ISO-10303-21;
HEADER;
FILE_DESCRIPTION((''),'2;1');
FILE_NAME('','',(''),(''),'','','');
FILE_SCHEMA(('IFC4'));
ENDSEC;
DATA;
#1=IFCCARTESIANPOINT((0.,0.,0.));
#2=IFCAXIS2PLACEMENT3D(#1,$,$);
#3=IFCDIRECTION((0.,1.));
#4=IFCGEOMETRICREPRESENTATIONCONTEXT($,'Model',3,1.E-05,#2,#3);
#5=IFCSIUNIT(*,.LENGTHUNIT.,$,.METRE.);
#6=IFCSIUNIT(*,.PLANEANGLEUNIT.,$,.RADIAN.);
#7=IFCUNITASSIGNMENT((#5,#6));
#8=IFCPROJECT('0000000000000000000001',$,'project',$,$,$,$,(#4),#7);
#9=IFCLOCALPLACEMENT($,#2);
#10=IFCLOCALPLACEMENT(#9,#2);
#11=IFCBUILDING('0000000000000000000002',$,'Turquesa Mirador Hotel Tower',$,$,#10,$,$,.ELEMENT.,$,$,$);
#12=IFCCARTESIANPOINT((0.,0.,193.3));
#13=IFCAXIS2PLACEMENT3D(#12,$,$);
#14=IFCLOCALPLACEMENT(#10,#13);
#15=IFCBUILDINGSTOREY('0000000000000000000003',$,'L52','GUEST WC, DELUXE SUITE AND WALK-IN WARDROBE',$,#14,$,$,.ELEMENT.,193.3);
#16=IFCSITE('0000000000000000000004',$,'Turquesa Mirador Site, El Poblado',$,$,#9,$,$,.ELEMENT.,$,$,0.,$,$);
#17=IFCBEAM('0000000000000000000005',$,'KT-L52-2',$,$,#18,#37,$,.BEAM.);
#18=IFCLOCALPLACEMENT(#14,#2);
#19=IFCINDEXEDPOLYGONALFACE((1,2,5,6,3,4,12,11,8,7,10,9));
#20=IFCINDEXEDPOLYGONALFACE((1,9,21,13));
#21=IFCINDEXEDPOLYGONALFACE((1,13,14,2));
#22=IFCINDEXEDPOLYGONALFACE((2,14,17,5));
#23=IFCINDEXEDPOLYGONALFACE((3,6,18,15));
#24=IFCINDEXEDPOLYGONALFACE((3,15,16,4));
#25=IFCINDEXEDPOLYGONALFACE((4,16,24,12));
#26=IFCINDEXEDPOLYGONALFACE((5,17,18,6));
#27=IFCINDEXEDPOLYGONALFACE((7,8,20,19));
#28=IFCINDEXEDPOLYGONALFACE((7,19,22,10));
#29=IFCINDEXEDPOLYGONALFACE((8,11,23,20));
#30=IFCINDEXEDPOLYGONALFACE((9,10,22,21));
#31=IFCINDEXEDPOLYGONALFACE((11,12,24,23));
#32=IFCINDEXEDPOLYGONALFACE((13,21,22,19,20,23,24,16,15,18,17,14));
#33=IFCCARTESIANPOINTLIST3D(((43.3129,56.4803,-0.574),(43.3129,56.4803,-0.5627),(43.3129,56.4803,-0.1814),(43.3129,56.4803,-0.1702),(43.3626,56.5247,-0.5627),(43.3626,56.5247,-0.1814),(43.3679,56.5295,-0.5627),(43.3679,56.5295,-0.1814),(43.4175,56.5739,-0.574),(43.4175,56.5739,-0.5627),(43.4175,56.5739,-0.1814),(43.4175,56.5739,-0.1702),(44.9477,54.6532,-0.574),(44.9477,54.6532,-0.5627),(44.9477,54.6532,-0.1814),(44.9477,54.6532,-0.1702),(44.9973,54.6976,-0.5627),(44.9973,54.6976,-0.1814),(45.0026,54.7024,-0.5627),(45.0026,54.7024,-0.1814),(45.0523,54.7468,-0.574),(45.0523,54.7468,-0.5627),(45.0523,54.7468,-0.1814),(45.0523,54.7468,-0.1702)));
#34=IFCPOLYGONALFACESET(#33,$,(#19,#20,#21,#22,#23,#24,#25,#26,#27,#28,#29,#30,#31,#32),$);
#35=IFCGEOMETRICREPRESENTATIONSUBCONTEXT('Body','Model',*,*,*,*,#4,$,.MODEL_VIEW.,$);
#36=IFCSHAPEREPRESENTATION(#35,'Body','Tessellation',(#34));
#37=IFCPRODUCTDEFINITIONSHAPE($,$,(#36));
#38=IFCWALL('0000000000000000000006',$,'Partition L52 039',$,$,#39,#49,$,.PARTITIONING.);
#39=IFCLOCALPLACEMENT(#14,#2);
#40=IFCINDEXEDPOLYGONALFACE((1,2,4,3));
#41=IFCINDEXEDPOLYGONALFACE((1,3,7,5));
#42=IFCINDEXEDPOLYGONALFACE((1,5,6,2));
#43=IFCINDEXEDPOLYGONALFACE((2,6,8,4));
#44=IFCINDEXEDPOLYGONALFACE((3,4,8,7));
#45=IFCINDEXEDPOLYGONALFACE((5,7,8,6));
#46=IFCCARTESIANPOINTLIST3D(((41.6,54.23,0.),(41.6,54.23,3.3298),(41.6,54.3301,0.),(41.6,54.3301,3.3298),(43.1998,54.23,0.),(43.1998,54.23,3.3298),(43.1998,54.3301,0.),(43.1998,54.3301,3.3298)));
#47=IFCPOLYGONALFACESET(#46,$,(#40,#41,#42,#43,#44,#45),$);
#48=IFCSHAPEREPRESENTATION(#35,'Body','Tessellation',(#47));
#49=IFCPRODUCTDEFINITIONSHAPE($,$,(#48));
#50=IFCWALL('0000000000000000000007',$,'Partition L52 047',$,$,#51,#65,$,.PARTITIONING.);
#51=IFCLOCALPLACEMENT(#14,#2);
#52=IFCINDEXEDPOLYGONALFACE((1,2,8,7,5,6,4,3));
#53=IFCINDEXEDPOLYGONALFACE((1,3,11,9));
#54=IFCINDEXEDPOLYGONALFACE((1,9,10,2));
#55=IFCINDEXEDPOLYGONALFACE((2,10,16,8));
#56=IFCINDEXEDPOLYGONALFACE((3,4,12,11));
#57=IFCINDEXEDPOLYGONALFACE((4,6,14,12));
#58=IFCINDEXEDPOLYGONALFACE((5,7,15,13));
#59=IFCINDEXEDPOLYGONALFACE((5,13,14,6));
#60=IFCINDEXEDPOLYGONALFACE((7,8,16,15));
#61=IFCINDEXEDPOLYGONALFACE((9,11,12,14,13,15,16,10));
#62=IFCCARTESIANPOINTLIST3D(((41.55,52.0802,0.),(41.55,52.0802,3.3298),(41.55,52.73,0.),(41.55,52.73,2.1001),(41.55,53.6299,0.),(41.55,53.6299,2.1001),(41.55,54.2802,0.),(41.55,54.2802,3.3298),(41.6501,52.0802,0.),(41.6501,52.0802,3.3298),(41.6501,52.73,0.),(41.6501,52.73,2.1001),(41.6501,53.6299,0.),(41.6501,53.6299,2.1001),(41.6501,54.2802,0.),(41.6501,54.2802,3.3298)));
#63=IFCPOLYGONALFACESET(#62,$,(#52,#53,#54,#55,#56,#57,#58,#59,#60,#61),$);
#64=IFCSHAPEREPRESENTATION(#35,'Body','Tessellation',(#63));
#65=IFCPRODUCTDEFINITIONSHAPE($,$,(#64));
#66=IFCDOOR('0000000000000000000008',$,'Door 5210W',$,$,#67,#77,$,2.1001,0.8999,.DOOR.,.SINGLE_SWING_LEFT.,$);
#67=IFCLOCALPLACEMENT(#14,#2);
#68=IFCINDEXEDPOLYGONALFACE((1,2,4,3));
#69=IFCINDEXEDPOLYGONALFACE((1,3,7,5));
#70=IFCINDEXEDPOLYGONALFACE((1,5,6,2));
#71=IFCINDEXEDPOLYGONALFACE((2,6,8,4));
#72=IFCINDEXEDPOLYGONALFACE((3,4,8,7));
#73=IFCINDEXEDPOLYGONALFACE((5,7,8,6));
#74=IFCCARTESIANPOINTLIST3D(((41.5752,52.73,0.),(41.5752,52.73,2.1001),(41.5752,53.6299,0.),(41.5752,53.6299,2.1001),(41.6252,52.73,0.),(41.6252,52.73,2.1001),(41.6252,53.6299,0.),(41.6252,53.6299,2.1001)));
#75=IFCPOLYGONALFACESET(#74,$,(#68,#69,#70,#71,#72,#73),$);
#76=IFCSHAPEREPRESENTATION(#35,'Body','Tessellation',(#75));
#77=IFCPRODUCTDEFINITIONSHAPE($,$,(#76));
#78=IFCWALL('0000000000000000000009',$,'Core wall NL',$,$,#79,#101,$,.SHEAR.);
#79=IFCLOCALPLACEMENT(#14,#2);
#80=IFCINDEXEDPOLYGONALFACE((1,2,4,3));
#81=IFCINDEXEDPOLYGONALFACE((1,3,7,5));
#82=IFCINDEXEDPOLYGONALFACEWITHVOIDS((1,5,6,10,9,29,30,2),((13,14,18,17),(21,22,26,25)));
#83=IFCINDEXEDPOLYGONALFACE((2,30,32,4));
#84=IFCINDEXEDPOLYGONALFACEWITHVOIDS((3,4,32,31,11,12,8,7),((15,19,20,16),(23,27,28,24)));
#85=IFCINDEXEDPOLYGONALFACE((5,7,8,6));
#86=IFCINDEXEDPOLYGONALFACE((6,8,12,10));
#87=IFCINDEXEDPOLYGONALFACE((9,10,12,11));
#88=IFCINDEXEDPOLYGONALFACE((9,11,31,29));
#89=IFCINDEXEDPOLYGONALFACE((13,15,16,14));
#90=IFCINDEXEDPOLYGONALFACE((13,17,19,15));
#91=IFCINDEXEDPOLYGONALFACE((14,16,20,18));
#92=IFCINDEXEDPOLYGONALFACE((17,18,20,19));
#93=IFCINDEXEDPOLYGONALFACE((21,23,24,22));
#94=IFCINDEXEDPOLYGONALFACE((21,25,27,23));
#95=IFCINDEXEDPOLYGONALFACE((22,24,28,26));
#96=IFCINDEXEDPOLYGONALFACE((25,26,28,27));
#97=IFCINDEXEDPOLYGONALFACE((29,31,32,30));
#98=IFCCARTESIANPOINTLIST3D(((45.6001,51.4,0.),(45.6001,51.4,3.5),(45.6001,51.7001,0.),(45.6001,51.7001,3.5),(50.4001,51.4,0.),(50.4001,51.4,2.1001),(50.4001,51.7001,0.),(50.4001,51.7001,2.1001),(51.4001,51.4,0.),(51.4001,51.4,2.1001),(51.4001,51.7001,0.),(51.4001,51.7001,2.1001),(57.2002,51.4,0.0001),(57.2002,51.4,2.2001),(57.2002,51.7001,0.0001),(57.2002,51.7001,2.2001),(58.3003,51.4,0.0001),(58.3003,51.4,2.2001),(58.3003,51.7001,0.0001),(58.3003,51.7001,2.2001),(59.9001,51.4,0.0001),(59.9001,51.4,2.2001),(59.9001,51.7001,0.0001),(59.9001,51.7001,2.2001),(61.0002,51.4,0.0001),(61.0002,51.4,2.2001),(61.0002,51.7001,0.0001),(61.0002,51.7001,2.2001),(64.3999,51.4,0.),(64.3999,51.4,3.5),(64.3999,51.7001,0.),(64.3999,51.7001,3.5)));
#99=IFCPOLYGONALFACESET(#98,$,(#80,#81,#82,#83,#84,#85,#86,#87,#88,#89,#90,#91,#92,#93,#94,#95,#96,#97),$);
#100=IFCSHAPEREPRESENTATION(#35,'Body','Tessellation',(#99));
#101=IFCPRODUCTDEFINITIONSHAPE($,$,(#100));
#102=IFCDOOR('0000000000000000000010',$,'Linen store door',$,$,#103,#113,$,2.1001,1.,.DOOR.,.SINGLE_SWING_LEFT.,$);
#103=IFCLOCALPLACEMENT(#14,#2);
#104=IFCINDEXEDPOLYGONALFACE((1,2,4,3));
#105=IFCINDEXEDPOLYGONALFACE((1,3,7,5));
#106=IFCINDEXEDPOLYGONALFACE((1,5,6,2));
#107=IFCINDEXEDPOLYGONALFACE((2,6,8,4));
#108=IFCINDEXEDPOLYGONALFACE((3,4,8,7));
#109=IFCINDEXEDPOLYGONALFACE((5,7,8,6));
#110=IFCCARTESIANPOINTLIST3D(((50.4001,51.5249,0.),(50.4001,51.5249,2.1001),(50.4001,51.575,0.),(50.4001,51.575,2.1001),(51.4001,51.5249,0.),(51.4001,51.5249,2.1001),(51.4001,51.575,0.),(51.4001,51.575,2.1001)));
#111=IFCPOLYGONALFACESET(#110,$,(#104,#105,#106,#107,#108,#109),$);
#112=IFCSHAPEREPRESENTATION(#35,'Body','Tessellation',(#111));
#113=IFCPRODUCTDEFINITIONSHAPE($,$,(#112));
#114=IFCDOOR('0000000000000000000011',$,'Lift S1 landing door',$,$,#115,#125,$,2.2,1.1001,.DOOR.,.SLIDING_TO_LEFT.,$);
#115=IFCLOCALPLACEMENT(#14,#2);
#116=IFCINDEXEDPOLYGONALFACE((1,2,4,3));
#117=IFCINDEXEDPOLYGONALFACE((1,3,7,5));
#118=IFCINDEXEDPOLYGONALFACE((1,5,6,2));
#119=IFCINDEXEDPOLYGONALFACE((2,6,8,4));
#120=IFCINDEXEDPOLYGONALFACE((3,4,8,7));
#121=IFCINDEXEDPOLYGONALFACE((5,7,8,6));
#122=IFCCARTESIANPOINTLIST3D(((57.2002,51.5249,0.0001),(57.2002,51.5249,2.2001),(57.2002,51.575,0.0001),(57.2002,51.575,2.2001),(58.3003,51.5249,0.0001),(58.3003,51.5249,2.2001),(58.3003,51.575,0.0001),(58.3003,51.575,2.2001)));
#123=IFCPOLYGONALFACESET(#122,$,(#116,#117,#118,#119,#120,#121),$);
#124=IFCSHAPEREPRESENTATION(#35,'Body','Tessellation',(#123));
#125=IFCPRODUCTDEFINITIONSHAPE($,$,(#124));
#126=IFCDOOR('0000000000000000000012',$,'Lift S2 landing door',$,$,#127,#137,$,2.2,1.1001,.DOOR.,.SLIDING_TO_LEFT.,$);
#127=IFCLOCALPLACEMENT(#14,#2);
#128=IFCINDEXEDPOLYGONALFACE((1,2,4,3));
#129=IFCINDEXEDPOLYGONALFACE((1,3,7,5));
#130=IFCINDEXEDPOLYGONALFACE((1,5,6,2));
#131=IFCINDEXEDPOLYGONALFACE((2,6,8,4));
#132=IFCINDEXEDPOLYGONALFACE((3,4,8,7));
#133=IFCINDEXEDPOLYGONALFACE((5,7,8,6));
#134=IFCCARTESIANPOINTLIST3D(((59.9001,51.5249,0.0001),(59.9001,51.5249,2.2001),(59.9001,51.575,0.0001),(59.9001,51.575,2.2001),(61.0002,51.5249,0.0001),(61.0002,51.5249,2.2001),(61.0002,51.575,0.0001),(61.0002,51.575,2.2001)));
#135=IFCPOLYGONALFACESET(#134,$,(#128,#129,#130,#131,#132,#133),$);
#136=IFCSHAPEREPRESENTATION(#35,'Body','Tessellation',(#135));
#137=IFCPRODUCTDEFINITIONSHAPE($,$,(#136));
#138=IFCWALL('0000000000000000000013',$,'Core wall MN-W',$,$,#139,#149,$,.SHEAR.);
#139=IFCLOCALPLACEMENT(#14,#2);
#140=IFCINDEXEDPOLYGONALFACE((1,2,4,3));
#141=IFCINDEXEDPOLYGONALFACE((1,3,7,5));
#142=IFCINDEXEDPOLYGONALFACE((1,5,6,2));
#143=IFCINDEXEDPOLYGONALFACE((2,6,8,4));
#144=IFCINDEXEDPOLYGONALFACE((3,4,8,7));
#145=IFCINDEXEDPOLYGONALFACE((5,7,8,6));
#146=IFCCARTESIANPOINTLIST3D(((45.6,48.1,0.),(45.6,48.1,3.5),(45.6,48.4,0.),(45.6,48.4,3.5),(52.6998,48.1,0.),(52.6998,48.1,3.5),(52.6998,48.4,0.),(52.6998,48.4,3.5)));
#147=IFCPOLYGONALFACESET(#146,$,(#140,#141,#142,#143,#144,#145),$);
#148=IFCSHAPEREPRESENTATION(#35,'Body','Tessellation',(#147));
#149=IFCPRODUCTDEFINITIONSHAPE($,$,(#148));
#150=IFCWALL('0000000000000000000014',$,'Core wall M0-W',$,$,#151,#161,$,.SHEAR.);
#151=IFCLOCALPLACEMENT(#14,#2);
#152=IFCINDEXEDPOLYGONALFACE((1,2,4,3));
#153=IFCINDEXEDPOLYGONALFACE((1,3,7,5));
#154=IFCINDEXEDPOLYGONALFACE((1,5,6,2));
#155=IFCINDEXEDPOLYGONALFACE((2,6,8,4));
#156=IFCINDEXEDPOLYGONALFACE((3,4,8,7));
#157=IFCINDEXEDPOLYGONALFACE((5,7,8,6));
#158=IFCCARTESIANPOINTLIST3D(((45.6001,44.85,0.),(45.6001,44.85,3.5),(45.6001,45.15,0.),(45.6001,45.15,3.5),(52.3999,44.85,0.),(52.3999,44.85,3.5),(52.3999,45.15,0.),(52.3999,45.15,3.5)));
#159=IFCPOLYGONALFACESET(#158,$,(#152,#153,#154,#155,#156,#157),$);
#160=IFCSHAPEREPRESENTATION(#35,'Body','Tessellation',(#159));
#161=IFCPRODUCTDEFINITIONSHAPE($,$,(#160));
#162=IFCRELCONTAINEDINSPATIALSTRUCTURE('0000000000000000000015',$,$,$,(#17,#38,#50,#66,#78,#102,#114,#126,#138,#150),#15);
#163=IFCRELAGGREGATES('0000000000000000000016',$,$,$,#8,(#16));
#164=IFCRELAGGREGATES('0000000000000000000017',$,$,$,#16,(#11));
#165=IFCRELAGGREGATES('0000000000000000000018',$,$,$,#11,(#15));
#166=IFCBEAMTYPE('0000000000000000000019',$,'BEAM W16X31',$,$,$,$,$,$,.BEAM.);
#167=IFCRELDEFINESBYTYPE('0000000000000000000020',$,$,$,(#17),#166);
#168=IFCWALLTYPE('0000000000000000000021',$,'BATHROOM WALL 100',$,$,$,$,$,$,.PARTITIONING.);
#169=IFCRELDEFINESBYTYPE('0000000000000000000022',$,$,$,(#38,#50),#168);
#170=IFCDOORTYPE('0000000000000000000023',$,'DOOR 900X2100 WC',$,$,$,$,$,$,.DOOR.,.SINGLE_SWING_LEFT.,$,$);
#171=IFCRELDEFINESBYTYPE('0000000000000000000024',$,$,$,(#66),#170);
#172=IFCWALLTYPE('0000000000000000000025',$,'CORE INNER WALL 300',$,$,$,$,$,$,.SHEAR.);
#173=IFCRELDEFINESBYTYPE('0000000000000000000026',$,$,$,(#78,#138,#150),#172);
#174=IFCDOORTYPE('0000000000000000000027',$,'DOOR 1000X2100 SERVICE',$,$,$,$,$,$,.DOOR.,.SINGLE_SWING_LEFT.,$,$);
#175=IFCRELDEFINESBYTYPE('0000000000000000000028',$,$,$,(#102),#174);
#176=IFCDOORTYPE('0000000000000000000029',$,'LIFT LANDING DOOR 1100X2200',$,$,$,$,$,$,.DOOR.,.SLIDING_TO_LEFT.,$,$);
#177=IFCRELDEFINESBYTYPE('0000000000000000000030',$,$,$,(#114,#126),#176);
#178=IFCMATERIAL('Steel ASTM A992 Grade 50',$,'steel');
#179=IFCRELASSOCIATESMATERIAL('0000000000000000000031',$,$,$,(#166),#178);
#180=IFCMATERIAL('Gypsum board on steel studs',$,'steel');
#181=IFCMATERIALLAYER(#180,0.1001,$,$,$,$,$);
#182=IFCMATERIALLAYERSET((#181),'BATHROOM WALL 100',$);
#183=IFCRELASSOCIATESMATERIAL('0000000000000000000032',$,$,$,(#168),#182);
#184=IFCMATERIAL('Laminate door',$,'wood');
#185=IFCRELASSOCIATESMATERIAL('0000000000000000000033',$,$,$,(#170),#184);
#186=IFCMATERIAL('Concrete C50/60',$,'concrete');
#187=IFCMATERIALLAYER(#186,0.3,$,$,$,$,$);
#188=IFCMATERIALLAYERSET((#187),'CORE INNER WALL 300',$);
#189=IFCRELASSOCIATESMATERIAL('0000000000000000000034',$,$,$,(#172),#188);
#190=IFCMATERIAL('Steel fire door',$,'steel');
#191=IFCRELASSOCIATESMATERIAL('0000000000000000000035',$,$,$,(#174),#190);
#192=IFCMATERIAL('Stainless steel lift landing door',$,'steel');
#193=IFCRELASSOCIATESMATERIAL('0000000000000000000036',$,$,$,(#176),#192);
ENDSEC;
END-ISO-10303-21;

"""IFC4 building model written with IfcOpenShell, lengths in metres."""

from ifc_helpers import new_model, si_unit, direction, frame, frame_2d, origin, origin_2d, place, context, subcontext, project, spatial, rectangle, i_section, extrude, material, layer, layer_set, material_profile, profile_set, type_object, element, fill, save


model = new_model("IFC4")

# Units and contexts
model_context = context("Model", 3, precision=1e-05, world=origin(), true_north=direction((0.0, 1.0)))
body_context = subcontext(model_context, "Body", "Model", "MODEL_VIEW")
ifc_project = project(units=[si_unit("LENGTHUNIT", "METRE"), si_unit("PLANEANGLEUNIT", "RADIAN")], contexts=[model_context])

# Site, building, storey
site_placement = place(None, origin())
site = spatial("IfcSite", under=ifc_project, at=site_placement, Name="Turquesa Mirador Site, El Poblado", CompositionType="ELEMENT", RefElevation=0.0)
building_placement = place(site_placement, origin())
building = spatial("IfcBuilding", under=site, at=building_placement, Name="Turquesa Mirador Hotel Tower", CompositionType="ELEMENT")
storey_placement = place(building_placement, frame((0.0, 0.0, 193.3)))
storey = spatial("IfcBuildingStorey", under=building, at=storey_placement, Name="L52", Description="GUEST WC, DELUXE SUITE AND WALK-IN WARDROBE", CompositionType="ELEMENT", Elevation=193.3)

# Beam
ifc_material_1 = material(Name="Steel ASTM A992 Grade 50", Category="steel")
ifc_material_profile = material_profile(ifc_material_1, i_section(OverallWidth=0.1404, OverallDepth=0.4038, WebThickness=0.0071, FlangeThickness=0.0112, at=origin_2d()), Name="W16X31")
ifc_profile_set = profile_set([ifc_material_profile], Name="Steel ASTM A992 Grade 50")
beam_type = type_object("IfcBeamType", Name="BEAM W16X31", PredefinedType="BEAM", material=ifc_profile_set)
beam_placement = place(storey_placement, frame((43.3652, 56.5271, -0.3721), z_axis=(0.666783, -0.745252, 0.0), x_axis=(0.745252, 0.666783, 0.0)))
element("IfcBeam", 1, at=beam_placement, inside=storey, type_object=beam_type, Name="KT-L52-2", PredefinedType="BEAM", context=body_context, shape_type="SweptSolid", body=[
    extrude(i_section(OverallWidth=0.1404, OverallDepth=0.4038, WebThickness=0.0071, FlangeThickness=0.0112, at=origin_2d()), origin(), (0.0, 0.0, 1.0), 2.4517),
])

# Wall
ifc_material_2 = material(Name="Gypsum board on steel studs", Category="steel")
ifc_layer_1 = layer(ifc_material_2, 0.1001)
ifc_layer_set_1 = layer_set([ifc_layer_1], Name="BATHROOM WALL 100")
wall_type_1 = type_object("IfcWallType", Name="BATHROOM WALL 100", PredefinedType="PARTITIONING", material=ifc_layer_set_1)
wall_1_placement = place(storey_placement, frame((41.6001, 54.28, 0.0), z_axis=(0.0, 0.0, 1.0), x_axis=(1.0, 0.0, 0.0)))
element("IfcWall", 2, at=wall_1_placement, inside=storey, type_object=wall_type_1, Name="Partition L52 039", PredefinedType="PARTITIONING", context=body_context, shape_type="SweptSolid", body=[
    extrude(rectangle(XDim=1.5999, YDim=0.1001, at=frame_2d((0.7998, 0.0))), origin(), (0.0, 0.0, 1.0), 3.3298),
])

# Wall, opening, door
wall_2_placement = place(storey_placement, frame((41.6001, 52.0801, 0.0), z_axis=(0.0, 0.0, 1.0), x_axis=(0.0, 1.0, 0.0)))
wall_2 = element("IfcWall", 3, at=wall_2_placement, inside=storey, type_object=wall_type_1, Name="Partition L52 047", PredefinedType="PARTITIONING", context=body_context, shape_type="SweptSolid", body=[
    extrude(rectangle(XDim=2.2, YDim=0.1001, at=frame_2d((1.1001, 0.0))), origin(), (0.0, 0.0, 1.0), 3.3298),
])
opening_1_placement = place(wall_2_placement, frame((0.6499, 0.0, 0.0)))
opening_1 = element("IfcOpeningElement", 4, at=opening_1_placement, cuts=wall_2, PredefinedType="OPENING", context=body_context, shape_type="SweptSolid", body=[
    extrude(rectangle(XDim=0.8999, YDim=2.1001, at=frame_2d((0.45, 1.05))), frame((0.0, 0.0601, 0.0), z_axis=(0.0, -1.0, 0.0), x_axis=(1.0, 0.0, 0.0)), (0.0, 0.0, 1.0), 0.1201),
])
ifc_material_3 = material(Name="Laminate door", Category="wood")
door_type_1 = type_object("IfcDoorType", Name="DOOR 900X2100 WC", OperationType="SINGLE_SWING_LEFT", PredefinedType="DOOR", material=ifc_material_3)
door_1_placement = place(opening_1_placement, origin())
door_1 = element("IfcDoor", 5, at=door_1_placement, inside=storey, type_object=door_type_1, Name="Door 5210W", OperationType="SINGLE_SWING_LEFT", OverallHeight=2.1001, OverallWidth=0.8999, PredefinedType="DOOR", context=body_context, shape_type="SweptSolid", body=[
    extrude(rectangle(XDim=0.8999, YDim=2.1001, at=frame_2d((0.45, 1.05))), frame((0.0, 0.0249, 0.0), z_axis=(0.0, -1.0, 0.0), x_axis=(1.0, 0.0, 0.0)), (0.0, 0.0, 1.0), 0.05),
])
fill(opening_1, door_1)

# Wall, openings, doors
ifc_material_4 = material(Name="Concrete C50/60", Category="concrete")
ifc_layer_2 = layer(ifc_material_4, 0.3)
ifc_layer_set_2 = layer_set([ifc_layer_2], Name="CORE INNER WALL 300")
wall_type_2 = type_object("IfcWallType", Name="CORE INNER WALL 300", PredefinedType="SHEAR", material=ifc_layer_set_2)
wall_3_placement = place(storey_placement, frame((45.6001, 51.55, 0.0), z_axis=(0.0, 0.0, 1.0), x_axis=(1.0, 0.0, 0.0)))
wall_3 = element("IfcWall", 6, at=wall_3_placement, inside=storey, type_object=wall_type_2, Name="Core wall NL", PredefinedType="SHEAR", context=body_context, shape_type="SweptSolid", body=[
    extrude(rectangle(XDim=18.7998, YDim=0.3, at=frame_2d((9.3999, 0.0))), origin(), (0.0, 0.0, 1.0), 3.5),
])
opening_2_placement = place(wall_3_placement, frame((4.8, 0.0, 0.0)))
opening_2 = element("IfcOpeningElement", 7, at=opening_2_placement, cuts=wall_3, PredefinedType="OPENING", context=body_context, shape_type="SweptSolid", body=[
    extrude(rectangle(XDim=1.0, YDim=2.1001, at=frame_2d((0.5, 1.05))), frame((0.0, 0.1599, 0.0), z_axis=(0.0, -1.0, 0.0), x_axis=(1.0, 0.0, 0.0)), (0.0, 0.0, 1.0), 0.3201),
])
opening_3_placement = place(wall_3_placement, frame((11.6001, 0.0, 0.0)))
opening_3 = element("IfcOpeningElement", 8, at=opening_3_placement, cuts=wall_3, PredefinedType="OPENING", context=body_context, shape_type="SweptSolid", body=[
    extrude(rectangle(XDim=1.1001, YDim=2.2, at=frame_2d((0.55, 1.1001))), frame((0.0, 0.1599, 0.0), z_axis=(0.0, -1.0, 0.0), x_axis=(1.0, 0.0, 0.0)), (0.0, 0.0, 1.0), 0.3201),
])
opening_4_placement = place(wall_3_placement, frame((14.3, 0.0, 0.0)))
opening_4 = element("IfcOpeningElement", 9, at=opening_4_placement, cuts=wall_3, PredefinedType="OPENING", context=body_context, shape_type="SweptSolid", body=[
    extrude(rectangle(XDim=1.1001, YDim=2.2, at=frame_2d((0.55, 1.1001))), frame((0.0, 0.1599, 0.0), z_axis=(0.0, -1.0, 0.0), x_axis=(1.0, 0.0, 0.0)), (0.0, 0.0, 1.0), 0.3201),
])
ifc_material_5 = material(Name="Steel fire door", Category="steel")
door_type_2 = type_object("IfcDoorType", Name="DOOR 1000X2100 SERVICE", OperationType="SINGLE_SWING_LEFT", PredefinedType="DOOR", material=ifc_material_5)
door_2_placement = place(opening_2_placement, origin())
door_2 = element("IfcDoor", 10, at=door_2_placement, inside=storey, type_object=door_type_2, Name="Linen store door", OperationType="SINGLE_SWING_LEFT", OverallHeight=2.1001, OverallWidth=1.0, PredefinedType="DOOR", context=body_context, shape_type="SweptSolid", body=[
    extrude(rectangle(XDim=1.0, YDim=2.1001, at=frame_2d((0.5, 1.05))), frame((0.0, 0.0249, 0.0), z_axis=(0.0, -1.0, 0.0), x_axis=(1.0, 0.0, 0.0)), (0.0, 0.0, 1.0), 0.05),
])
fill(opening_2, door_2)
ifc_material_6 = material(Name="Stainless steel lift landing door", Category="steel")
door_type_3 = type_object("IfcDoorType", Name="LIFT LANDING DOOR 1100X2200", OperationType="SLIDING_TO_LEFT", PredefinedType="DOOR", material=ifc_material_6)
door_3_placement = place(opening_3_placement, origin())
door_3 = element("IfcDoor", 11, at=door_3_placement, inside=storey, type_object=door_type_3, Name="Lift S1 landing door", OperationType="SLIDING_TO_LEFT", OverallHeight=2.2, OverallWidth=1.1001, PredefinedType="DOOR", context=body_context, shape_type="SweptSolid", body=[
    extrude(rectangle(XDim=1.1001, YDim=2.2, at=frame_2d((0.55, 1.1001))), frame((0.0, 0.0249, 0.0), z_axis=(0.0, -1.0, 0.0), x_axis=(1.0, 0.0, 0.0)), (0.0, 0.0, 1.0), 0.05),
])
fill(opening_3, door_3)
door_4_placement = place(opening_4_placement, origin())
door_4 = element("IfcDoor", 12, at=door_4_placement, inside=storey, type_object=door_type_3, Name="Lift S2 landing door", OperationType="SLIDING_TO_LEFT", OverallHeight=2.2, OverallWidth=1.1001, PredefinedType="DOOR", context=body_context, shape_type="SweptSolid", body=[
    extrude(rectangle(XDim=1.1001, YDim=2.2, at=frame_2d((0.55, 1.1001))), frame((0.0, 0.0249, 0.0), z_axis=(0.0, -1.0, 0.0), x_axis=(1.0, 0.0, 0.0)), (0.0, 0.0, 1.0), 0.05),
])
fill(opening_4, door_4)

# Walls
wall_4_placement = place(storey_placement, frame((45.6001, 48.25, 0.0), z_axis=(0.0, 0.0, 1.0), x_axis=(1.0, 0.0, 0.0)))
element("IfcWall", 13, at=wall_4_placement, inside=storey, type_object=wall_type_2, Name="Core wall MN-W", PredefinedType="SHEAR", context=body_context, shape_type="SweptSolid", body=[
    extrude(rectangle(XDim=7.0999, YDim=0.3, at=frame_2d((3.5498, 0.0))), origin(), (0.0, 0.0, 1.0), 3.5),
])
wall_5_placement = place(storey_placement, frame((45.6001, 45.0, 0.0), z_axis=(0.0, 0.0, 1.0), x_axis=(1.0, 0.0, 0.0)))
element("IfcWall", 14, at=wall_5_placement, inside=storey, type_object=wall_type_2, Name="Core wall M0-W", PredefinedType="SHEAR", context=body_context, shape_type="SweptSolid", body=[
    extrude(rectangle(XDim=6.7998, YDim=0.3, at=frame_2d((3.3999, 0.0))), origin(), (0.0, 0.0, 1.0), 3.5),
])

save(model, "model.ifc")
